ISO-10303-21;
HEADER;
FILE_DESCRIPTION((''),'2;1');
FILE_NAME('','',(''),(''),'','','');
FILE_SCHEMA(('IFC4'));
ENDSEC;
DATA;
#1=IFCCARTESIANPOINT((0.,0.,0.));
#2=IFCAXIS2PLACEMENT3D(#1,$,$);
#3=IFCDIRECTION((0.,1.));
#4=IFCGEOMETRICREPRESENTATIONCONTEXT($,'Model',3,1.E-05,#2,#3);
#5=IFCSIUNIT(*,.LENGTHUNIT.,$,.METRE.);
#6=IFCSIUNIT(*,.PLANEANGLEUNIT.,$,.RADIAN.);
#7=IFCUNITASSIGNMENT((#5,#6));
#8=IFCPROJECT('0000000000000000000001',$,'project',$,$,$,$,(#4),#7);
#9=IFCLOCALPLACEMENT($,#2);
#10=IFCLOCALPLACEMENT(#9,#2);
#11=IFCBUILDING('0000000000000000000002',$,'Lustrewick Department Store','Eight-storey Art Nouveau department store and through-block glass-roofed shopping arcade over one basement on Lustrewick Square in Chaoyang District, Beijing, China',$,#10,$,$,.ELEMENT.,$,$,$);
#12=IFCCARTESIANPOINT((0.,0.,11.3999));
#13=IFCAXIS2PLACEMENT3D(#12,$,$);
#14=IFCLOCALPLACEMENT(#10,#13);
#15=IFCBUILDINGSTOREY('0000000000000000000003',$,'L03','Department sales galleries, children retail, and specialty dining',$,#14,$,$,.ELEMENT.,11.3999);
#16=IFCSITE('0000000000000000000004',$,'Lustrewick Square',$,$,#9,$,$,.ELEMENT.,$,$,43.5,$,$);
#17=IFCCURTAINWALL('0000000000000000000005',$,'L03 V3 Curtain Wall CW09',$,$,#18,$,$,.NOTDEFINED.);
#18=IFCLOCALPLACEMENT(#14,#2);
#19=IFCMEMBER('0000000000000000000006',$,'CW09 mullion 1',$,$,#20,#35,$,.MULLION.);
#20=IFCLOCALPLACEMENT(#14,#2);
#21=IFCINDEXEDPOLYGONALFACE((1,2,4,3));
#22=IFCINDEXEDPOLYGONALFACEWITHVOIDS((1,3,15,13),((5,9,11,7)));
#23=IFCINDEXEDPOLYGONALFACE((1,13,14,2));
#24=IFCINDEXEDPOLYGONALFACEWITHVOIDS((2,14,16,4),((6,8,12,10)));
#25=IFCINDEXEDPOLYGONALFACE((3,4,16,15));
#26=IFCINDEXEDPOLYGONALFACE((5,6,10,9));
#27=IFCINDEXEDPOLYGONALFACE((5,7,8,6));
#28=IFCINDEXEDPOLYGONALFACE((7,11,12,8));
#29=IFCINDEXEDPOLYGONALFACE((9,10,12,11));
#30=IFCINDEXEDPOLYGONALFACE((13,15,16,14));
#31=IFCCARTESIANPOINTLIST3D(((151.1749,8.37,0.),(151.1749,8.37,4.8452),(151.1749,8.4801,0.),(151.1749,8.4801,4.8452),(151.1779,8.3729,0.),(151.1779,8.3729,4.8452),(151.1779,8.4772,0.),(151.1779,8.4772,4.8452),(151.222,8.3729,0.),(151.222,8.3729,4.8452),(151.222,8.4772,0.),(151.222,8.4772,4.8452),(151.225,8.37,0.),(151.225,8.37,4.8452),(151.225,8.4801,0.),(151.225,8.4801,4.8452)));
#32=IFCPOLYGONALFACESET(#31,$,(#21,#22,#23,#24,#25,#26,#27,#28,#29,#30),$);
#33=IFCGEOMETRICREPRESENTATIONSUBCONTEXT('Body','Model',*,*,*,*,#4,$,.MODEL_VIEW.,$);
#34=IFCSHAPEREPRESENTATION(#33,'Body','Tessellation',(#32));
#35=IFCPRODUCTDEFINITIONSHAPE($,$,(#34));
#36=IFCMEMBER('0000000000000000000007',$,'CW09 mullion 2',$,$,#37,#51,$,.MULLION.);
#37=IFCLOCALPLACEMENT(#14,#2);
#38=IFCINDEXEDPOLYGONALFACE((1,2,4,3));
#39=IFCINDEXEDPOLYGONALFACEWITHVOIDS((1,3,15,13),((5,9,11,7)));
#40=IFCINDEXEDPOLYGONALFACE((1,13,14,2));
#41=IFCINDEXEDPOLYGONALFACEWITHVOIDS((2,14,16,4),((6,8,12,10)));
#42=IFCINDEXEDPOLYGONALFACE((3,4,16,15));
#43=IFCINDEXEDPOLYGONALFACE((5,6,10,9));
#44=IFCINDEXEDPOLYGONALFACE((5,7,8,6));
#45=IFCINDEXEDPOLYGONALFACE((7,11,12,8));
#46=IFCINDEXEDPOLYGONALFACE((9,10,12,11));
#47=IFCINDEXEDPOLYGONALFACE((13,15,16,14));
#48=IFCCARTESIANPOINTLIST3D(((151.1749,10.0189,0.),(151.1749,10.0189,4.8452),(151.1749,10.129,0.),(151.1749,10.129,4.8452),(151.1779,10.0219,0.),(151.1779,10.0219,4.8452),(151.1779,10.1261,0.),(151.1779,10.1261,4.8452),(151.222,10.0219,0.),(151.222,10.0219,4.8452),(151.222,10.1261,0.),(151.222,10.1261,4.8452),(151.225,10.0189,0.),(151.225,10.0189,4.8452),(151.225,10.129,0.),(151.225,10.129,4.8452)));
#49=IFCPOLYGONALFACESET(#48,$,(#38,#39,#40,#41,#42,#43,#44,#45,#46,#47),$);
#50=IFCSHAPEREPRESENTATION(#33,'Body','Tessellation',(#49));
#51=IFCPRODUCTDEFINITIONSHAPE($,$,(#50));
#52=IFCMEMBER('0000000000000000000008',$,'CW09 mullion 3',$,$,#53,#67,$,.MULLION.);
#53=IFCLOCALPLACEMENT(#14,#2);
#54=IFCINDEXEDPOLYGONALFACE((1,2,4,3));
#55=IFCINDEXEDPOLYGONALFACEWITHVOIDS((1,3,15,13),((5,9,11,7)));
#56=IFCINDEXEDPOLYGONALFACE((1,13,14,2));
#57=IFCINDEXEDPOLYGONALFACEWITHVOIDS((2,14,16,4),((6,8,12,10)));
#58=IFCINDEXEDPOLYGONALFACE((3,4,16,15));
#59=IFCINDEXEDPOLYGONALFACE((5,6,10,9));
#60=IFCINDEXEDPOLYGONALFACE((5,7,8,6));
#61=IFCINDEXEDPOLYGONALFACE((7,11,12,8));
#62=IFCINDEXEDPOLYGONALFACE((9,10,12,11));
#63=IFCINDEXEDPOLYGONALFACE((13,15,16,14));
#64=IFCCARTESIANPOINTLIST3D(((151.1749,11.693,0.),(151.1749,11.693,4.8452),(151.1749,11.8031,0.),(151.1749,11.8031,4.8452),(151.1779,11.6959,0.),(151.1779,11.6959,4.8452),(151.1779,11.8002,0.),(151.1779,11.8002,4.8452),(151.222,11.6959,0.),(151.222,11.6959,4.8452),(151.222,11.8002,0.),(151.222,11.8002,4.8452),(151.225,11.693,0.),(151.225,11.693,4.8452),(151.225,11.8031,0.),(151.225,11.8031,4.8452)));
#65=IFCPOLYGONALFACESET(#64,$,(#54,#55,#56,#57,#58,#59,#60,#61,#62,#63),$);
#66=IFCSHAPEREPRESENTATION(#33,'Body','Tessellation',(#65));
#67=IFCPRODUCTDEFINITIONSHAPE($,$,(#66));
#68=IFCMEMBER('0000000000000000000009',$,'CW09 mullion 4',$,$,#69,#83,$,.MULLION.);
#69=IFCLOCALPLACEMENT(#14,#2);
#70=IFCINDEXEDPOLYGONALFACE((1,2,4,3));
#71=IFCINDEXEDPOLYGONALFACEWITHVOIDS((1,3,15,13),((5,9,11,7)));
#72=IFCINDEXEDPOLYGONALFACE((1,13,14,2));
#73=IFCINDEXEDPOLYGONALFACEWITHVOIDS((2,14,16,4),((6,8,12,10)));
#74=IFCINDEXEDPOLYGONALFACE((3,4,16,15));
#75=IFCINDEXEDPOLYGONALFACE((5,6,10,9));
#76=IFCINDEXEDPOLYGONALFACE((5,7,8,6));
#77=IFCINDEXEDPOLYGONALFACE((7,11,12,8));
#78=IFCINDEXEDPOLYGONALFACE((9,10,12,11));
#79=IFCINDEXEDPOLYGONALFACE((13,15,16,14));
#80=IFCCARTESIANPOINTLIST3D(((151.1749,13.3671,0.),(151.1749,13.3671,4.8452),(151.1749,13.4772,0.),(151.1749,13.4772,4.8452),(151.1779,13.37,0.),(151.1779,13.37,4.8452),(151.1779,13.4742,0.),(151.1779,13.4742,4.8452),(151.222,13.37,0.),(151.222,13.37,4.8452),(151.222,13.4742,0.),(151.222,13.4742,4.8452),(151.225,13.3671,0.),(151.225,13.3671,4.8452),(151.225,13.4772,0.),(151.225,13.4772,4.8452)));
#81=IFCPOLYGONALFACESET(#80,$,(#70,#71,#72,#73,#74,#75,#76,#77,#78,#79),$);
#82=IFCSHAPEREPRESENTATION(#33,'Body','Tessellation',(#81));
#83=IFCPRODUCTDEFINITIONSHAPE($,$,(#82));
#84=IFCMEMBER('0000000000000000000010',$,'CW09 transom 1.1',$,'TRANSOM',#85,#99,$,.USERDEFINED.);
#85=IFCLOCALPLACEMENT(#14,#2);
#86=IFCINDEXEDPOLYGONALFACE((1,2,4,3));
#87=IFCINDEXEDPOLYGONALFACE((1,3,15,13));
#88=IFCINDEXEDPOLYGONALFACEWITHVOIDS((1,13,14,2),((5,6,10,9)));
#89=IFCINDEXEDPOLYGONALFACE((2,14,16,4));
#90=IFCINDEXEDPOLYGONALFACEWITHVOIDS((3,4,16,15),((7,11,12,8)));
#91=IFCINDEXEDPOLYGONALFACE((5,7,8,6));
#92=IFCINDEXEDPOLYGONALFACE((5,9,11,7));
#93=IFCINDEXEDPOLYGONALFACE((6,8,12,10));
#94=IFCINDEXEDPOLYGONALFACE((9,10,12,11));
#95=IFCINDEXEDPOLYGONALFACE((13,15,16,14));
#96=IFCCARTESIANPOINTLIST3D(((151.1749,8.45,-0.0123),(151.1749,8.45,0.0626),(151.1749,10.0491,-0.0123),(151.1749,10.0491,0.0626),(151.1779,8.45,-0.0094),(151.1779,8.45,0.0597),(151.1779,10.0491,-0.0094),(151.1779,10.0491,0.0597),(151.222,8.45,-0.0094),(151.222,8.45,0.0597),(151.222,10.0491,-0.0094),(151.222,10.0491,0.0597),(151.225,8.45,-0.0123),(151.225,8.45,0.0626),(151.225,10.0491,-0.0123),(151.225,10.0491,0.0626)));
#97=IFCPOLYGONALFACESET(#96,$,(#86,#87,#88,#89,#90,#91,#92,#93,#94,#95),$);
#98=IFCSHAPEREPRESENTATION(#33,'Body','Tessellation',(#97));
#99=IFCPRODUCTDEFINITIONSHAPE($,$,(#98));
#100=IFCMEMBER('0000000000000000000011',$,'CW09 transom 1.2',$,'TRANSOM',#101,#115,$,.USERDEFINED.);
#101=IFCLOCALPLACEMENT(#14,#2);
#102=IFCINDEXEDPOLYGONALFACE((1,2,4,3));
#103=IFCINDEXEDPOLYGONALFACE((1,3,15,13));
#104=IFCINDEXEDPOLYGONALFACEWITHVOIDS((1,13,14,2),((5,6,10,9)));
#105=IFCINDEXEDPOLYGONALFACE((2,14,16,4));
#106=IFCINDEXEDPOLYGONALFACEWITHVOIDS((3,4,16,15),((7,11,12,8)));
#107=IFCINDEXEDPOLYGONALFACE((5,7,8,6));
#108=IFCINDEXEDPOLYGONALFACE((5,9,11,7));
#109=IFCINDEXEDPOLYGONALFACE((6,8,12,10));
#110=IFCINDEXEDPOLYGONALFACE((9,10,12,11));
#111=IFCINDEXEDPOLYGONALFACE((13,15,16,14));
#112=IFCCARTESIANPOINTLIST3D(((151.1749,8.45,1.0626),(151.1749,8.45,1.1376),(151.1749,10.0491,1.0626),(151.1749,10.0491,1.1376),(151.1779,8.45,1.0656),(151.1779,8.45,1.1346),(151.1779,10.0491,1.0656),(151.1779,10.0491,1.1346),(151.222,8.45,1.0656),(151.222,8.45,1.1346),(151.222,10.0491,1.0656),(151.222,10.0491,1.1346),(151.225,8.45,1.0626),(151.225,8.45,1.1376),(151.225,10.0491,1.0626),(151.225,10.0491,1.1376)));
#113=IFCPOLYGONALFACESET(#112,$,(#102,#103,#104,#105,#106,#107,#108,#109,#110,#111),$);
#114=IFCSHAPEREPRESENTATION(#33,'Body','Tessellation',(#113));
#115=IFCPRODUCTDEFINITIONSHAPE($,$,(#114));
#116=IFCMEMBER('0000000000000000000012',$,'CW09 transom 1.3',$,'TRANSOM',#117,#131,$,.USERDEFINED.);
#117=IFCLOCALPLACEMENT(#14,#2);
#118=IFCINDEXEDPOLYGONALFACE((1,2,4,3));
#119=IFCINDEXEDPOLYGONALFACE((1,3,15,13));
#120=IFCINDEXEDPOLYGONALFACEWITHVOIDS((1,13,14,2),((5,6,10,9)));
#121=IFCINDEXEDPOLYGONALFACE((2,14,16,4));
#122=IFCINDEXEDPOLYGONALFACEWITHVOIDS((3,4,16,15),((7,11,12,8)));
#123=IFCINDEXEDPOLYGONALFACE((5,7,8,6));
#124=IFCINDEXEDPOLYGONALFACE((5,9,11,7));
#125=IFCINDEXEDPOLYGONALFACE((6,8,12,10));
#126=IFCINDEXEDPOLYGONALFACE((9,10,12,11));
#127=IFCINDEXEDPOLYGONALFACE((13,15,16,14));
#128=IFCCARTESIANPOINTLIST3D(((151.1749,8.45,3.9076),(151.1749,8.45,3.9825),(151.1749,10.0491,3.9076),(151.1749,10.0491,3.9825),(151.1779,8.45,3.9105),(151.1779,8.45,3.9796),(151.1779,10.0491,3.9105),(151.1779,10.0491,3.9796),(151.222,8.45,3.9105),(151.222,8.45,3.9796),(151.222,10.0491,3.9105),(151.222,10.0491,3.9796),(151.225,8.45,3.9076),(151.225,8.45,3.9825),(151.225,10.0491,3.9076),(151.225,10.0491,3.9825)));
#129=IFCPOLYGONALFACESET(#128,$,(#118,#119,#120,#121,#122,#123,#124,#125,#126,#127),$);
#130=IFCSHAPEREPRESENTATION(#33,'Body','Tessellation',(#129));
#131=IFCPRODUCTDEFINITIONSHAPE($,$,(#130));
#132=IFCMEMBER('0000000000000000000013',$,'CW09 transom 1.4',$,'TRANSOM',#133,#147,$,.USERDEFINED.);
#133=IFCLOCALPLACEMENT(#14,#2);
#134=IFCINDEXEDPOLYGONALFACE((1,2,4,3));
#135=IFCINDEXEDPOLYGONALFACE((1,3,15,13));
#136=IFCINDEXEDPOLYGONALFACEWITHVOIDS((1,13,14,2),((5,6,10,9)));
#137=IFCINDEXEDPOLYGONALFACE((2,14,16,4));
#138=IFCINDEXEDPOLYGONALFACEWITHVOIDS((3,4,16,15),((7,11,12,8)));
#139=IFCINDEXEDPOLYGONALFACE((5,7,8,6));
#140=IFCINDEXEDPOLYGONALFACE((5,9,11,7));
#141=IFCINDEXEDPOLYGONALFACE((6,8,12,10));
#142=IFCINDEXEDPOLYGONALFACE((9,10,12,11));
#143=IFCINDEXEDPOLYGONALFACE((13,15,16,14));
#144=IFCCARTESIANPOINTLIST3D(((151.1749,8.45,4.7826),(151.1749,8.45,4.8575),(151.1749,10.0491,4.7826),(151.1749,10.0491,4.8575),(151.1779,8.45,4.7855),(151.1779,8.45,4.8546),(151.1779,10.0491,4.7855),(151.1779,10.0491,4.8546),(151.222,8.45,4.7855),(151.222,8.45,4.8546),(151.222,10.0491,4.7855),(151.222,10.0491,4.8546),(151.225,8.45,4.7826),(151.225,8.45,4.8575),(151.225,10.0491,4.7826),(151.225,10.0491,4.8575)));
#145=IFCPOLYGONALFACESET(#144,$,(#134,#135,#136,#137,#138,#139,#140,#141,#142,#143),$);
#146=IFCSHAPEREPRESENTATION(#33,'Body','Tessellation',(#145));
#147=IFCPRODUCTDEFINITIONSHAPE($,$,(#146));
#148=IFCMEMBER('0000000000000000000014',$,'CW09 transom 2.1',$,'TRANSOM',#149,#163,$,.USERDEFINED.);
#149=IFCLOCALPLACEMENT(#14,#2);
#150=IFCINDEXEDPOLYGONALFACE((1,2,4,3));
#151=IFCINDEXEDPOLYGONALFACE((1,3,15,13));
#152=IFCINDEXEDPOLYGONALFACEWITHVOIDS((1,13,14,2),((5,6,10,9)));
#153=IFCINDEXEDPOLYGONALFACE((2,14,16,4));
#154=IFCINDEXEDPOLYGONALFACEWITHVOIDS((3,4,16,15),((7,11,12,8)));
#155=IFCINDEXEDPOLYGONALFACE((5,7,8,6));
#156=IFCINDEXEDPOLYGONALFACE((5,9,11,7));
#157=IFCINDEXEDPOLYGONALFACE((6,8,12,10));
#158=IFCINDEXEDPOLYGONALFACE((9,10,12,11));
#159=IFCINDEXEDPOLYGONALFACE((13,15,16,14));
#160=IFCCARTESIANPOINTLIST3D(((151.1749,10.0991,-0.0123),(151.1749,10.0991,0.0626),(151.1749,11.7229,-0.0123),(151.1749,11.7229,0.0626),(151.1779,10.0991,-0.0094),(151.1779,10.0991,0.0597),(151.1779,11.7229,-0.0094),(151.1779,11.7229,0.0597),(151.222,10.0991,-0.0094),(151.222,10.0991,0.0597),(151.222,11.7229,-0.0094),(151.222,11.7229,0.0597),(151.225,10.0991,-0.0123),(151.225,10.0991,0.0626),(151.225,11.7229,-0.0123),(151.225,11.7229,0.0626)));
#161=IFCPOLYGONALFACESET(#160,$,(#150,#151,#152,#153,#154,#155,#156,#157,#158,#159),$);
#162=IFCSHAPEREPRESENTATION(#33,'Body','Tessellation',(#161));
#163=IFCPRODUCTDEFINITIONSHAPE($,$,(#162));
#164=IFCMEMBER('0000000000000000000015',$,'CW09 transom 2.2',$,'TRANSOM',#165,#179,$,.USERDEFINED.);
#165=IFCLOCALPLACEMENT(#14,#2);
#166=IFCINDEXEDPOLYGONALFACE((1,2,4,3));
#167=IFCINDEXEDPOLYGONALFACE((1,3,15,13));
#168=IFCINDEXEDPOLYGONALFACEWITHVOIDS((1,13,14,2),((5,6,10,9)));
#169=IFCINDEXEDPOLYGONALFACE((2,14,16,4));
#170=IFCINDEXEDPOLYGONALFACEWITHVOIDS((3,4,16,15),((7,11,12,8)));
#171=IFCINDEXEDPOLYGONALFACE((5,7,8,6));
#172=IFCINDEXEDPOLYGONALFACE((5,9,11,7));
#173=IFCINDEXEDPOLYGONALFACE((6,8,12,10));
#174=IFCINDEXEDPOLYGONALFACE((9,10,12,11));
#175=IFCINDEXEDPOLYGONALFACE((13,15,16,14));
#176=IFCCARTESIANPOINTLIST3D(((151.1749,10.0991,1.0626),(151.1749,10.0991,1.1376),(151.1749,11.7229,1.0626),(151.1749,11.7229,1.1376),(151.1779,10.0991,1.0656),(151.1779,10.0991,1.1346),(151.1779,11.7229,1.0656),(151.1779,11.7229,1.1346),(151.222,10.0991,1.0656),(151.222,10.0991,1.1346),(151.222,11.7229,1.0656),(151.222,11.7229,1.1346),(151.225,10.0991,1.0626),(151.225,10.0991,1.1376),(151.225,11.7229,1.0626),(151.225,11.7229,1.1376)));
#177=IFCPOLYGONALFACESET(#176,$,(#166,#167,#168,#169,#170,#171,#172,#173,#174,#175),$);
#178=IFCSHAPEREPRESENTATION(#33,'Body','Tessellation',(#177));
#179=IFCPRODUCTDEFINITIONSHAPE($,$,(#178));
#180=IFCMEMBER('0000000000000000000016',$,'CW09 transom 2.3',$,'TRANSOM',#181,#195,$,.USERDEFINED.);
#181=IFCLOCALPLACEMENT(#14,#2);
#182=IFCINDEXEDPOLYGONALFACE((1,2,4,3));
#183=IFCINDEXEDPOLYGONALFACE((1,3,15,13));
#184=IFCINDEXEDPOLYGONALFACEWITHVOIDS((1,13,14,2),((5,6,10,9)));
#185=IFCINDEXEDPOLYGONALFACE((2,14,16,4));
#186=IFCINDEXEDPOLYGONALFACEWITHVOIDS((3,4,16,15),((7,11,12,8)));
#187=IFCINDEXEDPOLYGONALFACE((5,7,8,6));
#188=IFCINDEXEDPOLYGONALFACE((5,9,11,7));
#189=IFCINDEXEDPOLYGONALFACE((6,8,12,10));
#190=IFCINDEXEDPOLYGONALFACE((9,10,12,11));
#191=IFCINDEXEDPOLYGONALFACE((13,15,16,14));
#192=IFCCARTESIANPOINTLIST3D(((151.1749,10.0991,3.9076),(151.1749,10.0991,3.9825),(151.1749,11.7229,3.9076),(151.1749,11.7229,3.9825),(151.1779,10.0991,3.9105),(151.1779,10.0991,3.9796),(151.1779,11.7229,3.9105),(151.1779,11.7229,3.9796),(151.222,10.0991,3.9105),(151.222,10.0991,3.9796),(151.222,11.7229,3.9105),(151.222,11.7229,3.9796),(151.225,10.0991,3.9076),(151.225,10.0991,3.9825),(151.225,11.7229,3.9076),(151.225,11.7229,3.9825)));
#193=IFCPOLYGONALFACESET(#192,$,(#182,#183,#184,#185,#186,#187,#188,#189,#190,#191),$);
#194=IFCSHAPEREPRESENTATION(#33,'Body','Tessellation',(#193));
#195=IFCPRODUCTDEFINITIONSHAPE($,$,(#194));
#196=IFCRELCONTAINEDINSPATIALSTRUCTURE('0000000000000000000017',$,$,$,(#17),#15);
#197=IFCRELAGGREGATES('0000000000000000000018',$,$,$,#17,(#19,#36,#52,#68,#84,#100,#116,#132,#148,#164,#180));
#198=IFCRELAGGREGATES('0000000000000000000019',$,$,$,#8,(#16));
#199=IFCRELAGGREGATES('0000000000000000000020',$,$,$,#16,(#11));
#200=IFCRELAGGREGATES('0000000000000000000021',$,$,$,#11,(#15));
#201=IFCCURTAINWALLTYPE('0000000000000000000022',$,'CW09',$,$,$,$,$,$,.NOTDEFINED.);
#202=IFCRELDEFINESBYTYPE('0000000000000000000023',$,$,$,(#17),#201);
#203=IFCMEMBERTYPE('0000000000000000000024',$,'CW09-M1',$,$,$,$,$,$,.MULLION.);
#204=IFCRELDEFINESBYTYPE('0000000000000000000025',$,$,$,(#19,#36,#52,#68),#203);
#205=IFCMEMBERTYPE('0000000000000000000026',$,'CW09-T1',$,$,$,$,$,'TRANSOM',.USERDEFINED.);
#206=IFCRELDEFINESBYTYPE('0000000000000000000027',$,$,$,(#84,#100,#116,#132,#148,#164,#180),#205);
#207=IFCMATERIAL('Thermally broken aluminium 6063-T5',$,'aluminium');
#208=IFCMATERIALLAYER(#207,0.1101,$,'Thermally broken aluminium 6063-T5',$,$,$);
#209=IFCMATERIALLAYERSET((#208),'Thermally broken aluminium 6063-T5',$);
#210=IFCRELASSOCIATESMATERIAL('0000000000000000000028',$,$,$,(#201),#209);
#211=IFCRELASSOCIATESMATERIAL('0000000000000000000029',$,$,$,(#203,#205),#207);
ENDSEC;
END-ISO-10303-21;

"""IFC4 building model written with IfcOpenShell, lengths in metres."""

from ifc_helpers import new_model, si_unit, direction, frame, origin, origin_2d, place, context, subcontext, project, spatial, hollow_rectangle, extrude, material, layer, layer_set, material_profile, profile_set, type_object, element, aggregate, save


model = new_model("IFC4")

# Units and contexts
model_context = context("Model", 3, precision=1e-05, world=origin(), true_north=direction((0.0, 1.0)))
body_context = subcontext(model_context, "Body", "Model", "MODEL_VIEW")
ifc_project = project(units=[si_unit("LENGTHUNIT", "METRE"), si_unit("PLANEANGLEUNIT", "RADIAN")], contexts=[model_context])

# Site, building, storey
site_placement = place(None, origin())
site = spatial("IfcSite", under=ifc_project, at=site_placement, Name="Lustrewick Square", CompositionType="ELEMENT", RefElevation=43.5)
building_placement = place(site_placement, origin())
building = spatial("IfcBuilding", under=site, at=building_placement, Name="Lustrewick Department Store", Description="Eight-storey Art Nouveau department store and through-block glass-roofed shopping arcade over one basement on Lustrewick Square in Chaoyang District, Beijing, China", CompositionType="ELEMENT")
storey_placement = place(building_placement, frame((0.0, 0.0, 11.3999)))
storey = spatial("IfcBuildingStorey", under=building, at=storey_placement, Name="L03", Description="Department sales galleries, children retail, and specialty dining", CompositionType="ELEMENT", Elevation=11.3999)

# Curtain wall, members
ifc_material_1 = material(Name="Thermally broken aluminium 6063-T5", Category="aluminium")
ifc_layer_1 = layer(ifc_material_1, 0.1101, Name="Thermally broken aluminium 6063-T5")
ifc_layer_set_1 = layer_set([ifc_layer_1], Name="Thermally broken aluminium 6063-T5")
curtain_wall_type = type_object("IfcCurtainWallType", Name="CW09", PredefinedType="NOTDEFINED", material=ifc_layer_set_1)
curtain_wall_placement = place(storey_placement, origin())
curtain_wall = element("IfcCurtainWall", 1, at=curtain_wall_placement, inside=storey, type_object=curtain_wall_type, Name="L03 V3 Curtain Wall CW09", PredefinedType="NOTDEFINED")
ifc_material_profile_1 = material_profile(ifc_material_1, hollow_rectangle(XDim=0.05, YDim=0.1101, WallThickness=0.0029, at=origin_2d()), Name="ALU-M 50x110x3")
ifc_profile_set_1 = profile_set([ifc_material_profile_1], Name="Thermally broken aluminium 6063-T5")
member_type_1 = type_object("IfcMemberType", Name="CW09-M1", PredefinedType="MULLION", material=ifc_profile_set_1)
member_1_placement = place(storey_placement, frame((151.2, 8.425, 0.0), z_axis=(0.0, 0.0, 1.0), x_axis=(-1.0, 0.0, 0.0)))
member_1 = element("IfcMember", 2, at=member_1_placement, type_object=member_type_1, Name="CW09 mullion 1", PredefinedType="MULLION", context=body_context, shape_type="SweptSolid", body=[
    extrude(hollow_rectangle(XDim=0.05, YDim=0.1101, WallThickness=0.0029, at=origin_2d()), origin(), (0.0, 0.0, 1.0), 4.8452),
])
member_2_placement = place(storey_placement, frame((151.2, 10.074, 0.0), z_axis=(0.0, 0.0, 1.0), x_axis=(-1.0, 0.0, 0.0)))
member_2 = element("IfcMember", 3, at=member_2_placement, type_object=member_type_1, Name="CW09 mullion 2", PredefinedType="MULLION", context=body_context, shape_type="SweptSolid", body=[
    extrude(hollow_rectangle(XDim=0.05, YDim=0.1101, WallThickness=0.0029, at=origin_2d()), origin(), (0.0, 0.0, 1.0), 4.8452),
])
member_3_placement = place(storey_placement, frame((151.2, 11.748, 0.0), z_axis=(0.0, 0.0, 1.0), x_axis=(-1.0, 0.0, 0.0)))
member_3 = element("IfcMember", 4, at=member_3_placement, type_object=member_type_1, Name="CW09 mullion 3", PredefinedType="MULLION", context=body_context, shape_type="SweptSolid", body=[
    extrude(hollow_rectangle(XDim=0.05, YDim=0.1101, WallThickness=0.0029, at=origin_2d()), origin(), (0.0, 0.0, 1.0), 4.8452),
])
member_4_placement = place(storey_placement, frame((151.2, 13.4221, 0.0), z_axis=(0.0, 0.0, 1.0), x_axis=(-1.0, 0.0, 0.0)))
member_4 = element("IfcMember", 5, at=member_4_placement, type_object=member_type_1, Name="CW09 mullion 4", PredefinedType="MULLION", context=body_context, shape_type="SweptSolid", body=[
    extrude(hollow_rectangle(XDim=0.05, YDim=0.1101, WallThickness=0.0029, at=origin_2d()), origin(), (0.0, 0.0, 1.0), 4.8452),
])
ifc_material_profile_2 = material_profile(ifc_material_1, hollow_rectangle(XDim=0.05, YDim=0.075, WallThickness=0.0029, at=origin_2d()), Name="ALU-T 50x75x3")
ifc_profile_set_2 = profile_set([ifc_material_profile_2], Name="Thermally broken aluminium 6063-T5")
member_type_2 = type_object("IfcMemberType", Name="CW09-T1", ElementType="TRANSOM", PredefinedType="USERDEFINED", material=ifc_profile_set_2)
member_5_placement = place(storey_placement, frame((151.2, 8.45, 0.0251), z_axis=(0.0, 1.0, 0.0), x_axis=(-1.0, 0.0, 0.0)))
member_5 = element("IfcMember", 6, at=member_5_placement, type_object=member_type_2, Name="CW09 transom 1.1", ObjectType="TRANSOM", PredefinedType="USERDEFINED", context=body_context, shape_type="SweptSolid", body=[
    extrude(hollow_rectangle(XDim=0.05, YDim=0.075, WallThickness=0.0029, at=origin_2d()), origin(), (0.0, 0.0, 1.0), 1.5991),
])
member_6_placement = place(storey_placement, frame((151.2, 8.45, 1.1001), z_axis=(0.0, 1.0, 0.0), x_axis=(-1.0, 0.0, 0.0)))
member_6 = element("IfcMember", 7, at=member_6_placement, type_object=member_type_2, Name="CW09 transom 1.2", ObjectType="TRANSOM", PredefinedType="USERDEFINED", context=body_context, shape_type="SweptSolid", body=[
    extrude(hollow_rectangle(XDim=0.05, YDim=0.075, WallThickness=0.0029, at=origin_2d()), origin(), (0.0, 0.0, 1.0), 1.5991),
])
member_7_placement = place(storey_placement, frame((151.2, 8.45, 3.9451), z_axis=(0.0, 1.0, 0.0), x_axis=(-1.0, 0.0, 0.0)))
member_7 = element("IfcMember", 8, at=member_7_placement, type_object=member_type_2, Name="CW09 transom 1.3", ObjectType="TRANSOM", PredefinedType="USERDEFINED", context=body_context, shape_type="SweptSolid", body=[
    extrude(hollow_rectangle(XDim=0.05, YDim=0.075, WallThickness=0.0029, at=origin_2d()), origin(), (0.0, 0.0, 1.0), 1.5991),
])
member_8_placement = place(storey_placement, frame((151.2, 8.45, 4.8201), z_axis=(0.0, 1.0, 0.0), x_axis=(-1.0, 0.0, 0.0)))
member_8 = element("IfcMember", 9, at=member_8_placement, type_object=member_type_2, Name="CW09 transom 1.4", ObjectType="TRANSOM", PredefinedType="USERDEFINED", context=body_context, shape_type="SweptSolid", body=[
    extrude(hollow_rectangle(XDim=0.05, YDim=0.075, WallThickness=0.0029, at=origin_2d()), origin(), (0.0, 0.0, 1.0), 1.5991),
])
member_9_placement = place(storey_placement, frame((151.2, 10.0991, 0.0251), z_axis=(0.0, 1.0, 0.0), x_axis=(-1.0, 0.0, 0.0)))
member_9 = element("IfcMember", 10, at=member_9_placement, type_object=member_type_2, Name="CW09 transom 2.1", ObjectType="TRANSOM", PredefinedType="USERDEFINED", context=body_context, shape_type="SweptSolid", body=[
    extrude(hollow_rectangle(XDim=0.05, YDim=0.075, WallThickness=0.0029, at=origin_2d()), origin(), (0.0, 0.0, 1.0), 1.6238),
])
member_10_placement = place(storey_placement, frame((151.2, 10.0991, 1.1001), z_axis=(0.0, 1.0, 0.0), x_axis=(-1.0, 0.0, 0.0)))
member_10 = element("IfcMember", 11, at=member_10_placement, type_object=member_type_2, Name="CW09 transom 2.2", ObjectType="TRANSOM", PredefinedType="USERDEFINED", context=body_context, shape_type="SweptSolid", body=[
    extrude(hollow_rectangle(XDim=0.05, YDim=0.075, WallThickness=0.0029, at=origin_2d()), origin(), (0.0, 0.0, 1.0), 1.6238),
])
member_11_placement = place(storey_placement, frame((151.2, 10.0991, 3.9451), z_axis=(0.0, 1.0, 0.0), x_axis=(-1.0, 0.0, 0.0)))
member_11 = element("IfcMember", 12, at=member_11_placement, type_object=member_type_2, Name="CW09 transom 2.3", ObjectType="TRANSOM", PredefinedType="USERDEFINED", context=body_context, shape_type="SweptSolid", body=[
    extrude(hollow_rectangle(XDim=0.05, YDim=0.075, WallThickness=0.0029, at=origin_2d()), origin(), (0.0, 0.0, 1.0), 1.6238),
])

aggregate(curtain_wall, [member_1, member_2, member_3, member_4, member_5, member_6, member_7, member_8, member_9, member_10, member_11])

save(model, "model.ifc")
